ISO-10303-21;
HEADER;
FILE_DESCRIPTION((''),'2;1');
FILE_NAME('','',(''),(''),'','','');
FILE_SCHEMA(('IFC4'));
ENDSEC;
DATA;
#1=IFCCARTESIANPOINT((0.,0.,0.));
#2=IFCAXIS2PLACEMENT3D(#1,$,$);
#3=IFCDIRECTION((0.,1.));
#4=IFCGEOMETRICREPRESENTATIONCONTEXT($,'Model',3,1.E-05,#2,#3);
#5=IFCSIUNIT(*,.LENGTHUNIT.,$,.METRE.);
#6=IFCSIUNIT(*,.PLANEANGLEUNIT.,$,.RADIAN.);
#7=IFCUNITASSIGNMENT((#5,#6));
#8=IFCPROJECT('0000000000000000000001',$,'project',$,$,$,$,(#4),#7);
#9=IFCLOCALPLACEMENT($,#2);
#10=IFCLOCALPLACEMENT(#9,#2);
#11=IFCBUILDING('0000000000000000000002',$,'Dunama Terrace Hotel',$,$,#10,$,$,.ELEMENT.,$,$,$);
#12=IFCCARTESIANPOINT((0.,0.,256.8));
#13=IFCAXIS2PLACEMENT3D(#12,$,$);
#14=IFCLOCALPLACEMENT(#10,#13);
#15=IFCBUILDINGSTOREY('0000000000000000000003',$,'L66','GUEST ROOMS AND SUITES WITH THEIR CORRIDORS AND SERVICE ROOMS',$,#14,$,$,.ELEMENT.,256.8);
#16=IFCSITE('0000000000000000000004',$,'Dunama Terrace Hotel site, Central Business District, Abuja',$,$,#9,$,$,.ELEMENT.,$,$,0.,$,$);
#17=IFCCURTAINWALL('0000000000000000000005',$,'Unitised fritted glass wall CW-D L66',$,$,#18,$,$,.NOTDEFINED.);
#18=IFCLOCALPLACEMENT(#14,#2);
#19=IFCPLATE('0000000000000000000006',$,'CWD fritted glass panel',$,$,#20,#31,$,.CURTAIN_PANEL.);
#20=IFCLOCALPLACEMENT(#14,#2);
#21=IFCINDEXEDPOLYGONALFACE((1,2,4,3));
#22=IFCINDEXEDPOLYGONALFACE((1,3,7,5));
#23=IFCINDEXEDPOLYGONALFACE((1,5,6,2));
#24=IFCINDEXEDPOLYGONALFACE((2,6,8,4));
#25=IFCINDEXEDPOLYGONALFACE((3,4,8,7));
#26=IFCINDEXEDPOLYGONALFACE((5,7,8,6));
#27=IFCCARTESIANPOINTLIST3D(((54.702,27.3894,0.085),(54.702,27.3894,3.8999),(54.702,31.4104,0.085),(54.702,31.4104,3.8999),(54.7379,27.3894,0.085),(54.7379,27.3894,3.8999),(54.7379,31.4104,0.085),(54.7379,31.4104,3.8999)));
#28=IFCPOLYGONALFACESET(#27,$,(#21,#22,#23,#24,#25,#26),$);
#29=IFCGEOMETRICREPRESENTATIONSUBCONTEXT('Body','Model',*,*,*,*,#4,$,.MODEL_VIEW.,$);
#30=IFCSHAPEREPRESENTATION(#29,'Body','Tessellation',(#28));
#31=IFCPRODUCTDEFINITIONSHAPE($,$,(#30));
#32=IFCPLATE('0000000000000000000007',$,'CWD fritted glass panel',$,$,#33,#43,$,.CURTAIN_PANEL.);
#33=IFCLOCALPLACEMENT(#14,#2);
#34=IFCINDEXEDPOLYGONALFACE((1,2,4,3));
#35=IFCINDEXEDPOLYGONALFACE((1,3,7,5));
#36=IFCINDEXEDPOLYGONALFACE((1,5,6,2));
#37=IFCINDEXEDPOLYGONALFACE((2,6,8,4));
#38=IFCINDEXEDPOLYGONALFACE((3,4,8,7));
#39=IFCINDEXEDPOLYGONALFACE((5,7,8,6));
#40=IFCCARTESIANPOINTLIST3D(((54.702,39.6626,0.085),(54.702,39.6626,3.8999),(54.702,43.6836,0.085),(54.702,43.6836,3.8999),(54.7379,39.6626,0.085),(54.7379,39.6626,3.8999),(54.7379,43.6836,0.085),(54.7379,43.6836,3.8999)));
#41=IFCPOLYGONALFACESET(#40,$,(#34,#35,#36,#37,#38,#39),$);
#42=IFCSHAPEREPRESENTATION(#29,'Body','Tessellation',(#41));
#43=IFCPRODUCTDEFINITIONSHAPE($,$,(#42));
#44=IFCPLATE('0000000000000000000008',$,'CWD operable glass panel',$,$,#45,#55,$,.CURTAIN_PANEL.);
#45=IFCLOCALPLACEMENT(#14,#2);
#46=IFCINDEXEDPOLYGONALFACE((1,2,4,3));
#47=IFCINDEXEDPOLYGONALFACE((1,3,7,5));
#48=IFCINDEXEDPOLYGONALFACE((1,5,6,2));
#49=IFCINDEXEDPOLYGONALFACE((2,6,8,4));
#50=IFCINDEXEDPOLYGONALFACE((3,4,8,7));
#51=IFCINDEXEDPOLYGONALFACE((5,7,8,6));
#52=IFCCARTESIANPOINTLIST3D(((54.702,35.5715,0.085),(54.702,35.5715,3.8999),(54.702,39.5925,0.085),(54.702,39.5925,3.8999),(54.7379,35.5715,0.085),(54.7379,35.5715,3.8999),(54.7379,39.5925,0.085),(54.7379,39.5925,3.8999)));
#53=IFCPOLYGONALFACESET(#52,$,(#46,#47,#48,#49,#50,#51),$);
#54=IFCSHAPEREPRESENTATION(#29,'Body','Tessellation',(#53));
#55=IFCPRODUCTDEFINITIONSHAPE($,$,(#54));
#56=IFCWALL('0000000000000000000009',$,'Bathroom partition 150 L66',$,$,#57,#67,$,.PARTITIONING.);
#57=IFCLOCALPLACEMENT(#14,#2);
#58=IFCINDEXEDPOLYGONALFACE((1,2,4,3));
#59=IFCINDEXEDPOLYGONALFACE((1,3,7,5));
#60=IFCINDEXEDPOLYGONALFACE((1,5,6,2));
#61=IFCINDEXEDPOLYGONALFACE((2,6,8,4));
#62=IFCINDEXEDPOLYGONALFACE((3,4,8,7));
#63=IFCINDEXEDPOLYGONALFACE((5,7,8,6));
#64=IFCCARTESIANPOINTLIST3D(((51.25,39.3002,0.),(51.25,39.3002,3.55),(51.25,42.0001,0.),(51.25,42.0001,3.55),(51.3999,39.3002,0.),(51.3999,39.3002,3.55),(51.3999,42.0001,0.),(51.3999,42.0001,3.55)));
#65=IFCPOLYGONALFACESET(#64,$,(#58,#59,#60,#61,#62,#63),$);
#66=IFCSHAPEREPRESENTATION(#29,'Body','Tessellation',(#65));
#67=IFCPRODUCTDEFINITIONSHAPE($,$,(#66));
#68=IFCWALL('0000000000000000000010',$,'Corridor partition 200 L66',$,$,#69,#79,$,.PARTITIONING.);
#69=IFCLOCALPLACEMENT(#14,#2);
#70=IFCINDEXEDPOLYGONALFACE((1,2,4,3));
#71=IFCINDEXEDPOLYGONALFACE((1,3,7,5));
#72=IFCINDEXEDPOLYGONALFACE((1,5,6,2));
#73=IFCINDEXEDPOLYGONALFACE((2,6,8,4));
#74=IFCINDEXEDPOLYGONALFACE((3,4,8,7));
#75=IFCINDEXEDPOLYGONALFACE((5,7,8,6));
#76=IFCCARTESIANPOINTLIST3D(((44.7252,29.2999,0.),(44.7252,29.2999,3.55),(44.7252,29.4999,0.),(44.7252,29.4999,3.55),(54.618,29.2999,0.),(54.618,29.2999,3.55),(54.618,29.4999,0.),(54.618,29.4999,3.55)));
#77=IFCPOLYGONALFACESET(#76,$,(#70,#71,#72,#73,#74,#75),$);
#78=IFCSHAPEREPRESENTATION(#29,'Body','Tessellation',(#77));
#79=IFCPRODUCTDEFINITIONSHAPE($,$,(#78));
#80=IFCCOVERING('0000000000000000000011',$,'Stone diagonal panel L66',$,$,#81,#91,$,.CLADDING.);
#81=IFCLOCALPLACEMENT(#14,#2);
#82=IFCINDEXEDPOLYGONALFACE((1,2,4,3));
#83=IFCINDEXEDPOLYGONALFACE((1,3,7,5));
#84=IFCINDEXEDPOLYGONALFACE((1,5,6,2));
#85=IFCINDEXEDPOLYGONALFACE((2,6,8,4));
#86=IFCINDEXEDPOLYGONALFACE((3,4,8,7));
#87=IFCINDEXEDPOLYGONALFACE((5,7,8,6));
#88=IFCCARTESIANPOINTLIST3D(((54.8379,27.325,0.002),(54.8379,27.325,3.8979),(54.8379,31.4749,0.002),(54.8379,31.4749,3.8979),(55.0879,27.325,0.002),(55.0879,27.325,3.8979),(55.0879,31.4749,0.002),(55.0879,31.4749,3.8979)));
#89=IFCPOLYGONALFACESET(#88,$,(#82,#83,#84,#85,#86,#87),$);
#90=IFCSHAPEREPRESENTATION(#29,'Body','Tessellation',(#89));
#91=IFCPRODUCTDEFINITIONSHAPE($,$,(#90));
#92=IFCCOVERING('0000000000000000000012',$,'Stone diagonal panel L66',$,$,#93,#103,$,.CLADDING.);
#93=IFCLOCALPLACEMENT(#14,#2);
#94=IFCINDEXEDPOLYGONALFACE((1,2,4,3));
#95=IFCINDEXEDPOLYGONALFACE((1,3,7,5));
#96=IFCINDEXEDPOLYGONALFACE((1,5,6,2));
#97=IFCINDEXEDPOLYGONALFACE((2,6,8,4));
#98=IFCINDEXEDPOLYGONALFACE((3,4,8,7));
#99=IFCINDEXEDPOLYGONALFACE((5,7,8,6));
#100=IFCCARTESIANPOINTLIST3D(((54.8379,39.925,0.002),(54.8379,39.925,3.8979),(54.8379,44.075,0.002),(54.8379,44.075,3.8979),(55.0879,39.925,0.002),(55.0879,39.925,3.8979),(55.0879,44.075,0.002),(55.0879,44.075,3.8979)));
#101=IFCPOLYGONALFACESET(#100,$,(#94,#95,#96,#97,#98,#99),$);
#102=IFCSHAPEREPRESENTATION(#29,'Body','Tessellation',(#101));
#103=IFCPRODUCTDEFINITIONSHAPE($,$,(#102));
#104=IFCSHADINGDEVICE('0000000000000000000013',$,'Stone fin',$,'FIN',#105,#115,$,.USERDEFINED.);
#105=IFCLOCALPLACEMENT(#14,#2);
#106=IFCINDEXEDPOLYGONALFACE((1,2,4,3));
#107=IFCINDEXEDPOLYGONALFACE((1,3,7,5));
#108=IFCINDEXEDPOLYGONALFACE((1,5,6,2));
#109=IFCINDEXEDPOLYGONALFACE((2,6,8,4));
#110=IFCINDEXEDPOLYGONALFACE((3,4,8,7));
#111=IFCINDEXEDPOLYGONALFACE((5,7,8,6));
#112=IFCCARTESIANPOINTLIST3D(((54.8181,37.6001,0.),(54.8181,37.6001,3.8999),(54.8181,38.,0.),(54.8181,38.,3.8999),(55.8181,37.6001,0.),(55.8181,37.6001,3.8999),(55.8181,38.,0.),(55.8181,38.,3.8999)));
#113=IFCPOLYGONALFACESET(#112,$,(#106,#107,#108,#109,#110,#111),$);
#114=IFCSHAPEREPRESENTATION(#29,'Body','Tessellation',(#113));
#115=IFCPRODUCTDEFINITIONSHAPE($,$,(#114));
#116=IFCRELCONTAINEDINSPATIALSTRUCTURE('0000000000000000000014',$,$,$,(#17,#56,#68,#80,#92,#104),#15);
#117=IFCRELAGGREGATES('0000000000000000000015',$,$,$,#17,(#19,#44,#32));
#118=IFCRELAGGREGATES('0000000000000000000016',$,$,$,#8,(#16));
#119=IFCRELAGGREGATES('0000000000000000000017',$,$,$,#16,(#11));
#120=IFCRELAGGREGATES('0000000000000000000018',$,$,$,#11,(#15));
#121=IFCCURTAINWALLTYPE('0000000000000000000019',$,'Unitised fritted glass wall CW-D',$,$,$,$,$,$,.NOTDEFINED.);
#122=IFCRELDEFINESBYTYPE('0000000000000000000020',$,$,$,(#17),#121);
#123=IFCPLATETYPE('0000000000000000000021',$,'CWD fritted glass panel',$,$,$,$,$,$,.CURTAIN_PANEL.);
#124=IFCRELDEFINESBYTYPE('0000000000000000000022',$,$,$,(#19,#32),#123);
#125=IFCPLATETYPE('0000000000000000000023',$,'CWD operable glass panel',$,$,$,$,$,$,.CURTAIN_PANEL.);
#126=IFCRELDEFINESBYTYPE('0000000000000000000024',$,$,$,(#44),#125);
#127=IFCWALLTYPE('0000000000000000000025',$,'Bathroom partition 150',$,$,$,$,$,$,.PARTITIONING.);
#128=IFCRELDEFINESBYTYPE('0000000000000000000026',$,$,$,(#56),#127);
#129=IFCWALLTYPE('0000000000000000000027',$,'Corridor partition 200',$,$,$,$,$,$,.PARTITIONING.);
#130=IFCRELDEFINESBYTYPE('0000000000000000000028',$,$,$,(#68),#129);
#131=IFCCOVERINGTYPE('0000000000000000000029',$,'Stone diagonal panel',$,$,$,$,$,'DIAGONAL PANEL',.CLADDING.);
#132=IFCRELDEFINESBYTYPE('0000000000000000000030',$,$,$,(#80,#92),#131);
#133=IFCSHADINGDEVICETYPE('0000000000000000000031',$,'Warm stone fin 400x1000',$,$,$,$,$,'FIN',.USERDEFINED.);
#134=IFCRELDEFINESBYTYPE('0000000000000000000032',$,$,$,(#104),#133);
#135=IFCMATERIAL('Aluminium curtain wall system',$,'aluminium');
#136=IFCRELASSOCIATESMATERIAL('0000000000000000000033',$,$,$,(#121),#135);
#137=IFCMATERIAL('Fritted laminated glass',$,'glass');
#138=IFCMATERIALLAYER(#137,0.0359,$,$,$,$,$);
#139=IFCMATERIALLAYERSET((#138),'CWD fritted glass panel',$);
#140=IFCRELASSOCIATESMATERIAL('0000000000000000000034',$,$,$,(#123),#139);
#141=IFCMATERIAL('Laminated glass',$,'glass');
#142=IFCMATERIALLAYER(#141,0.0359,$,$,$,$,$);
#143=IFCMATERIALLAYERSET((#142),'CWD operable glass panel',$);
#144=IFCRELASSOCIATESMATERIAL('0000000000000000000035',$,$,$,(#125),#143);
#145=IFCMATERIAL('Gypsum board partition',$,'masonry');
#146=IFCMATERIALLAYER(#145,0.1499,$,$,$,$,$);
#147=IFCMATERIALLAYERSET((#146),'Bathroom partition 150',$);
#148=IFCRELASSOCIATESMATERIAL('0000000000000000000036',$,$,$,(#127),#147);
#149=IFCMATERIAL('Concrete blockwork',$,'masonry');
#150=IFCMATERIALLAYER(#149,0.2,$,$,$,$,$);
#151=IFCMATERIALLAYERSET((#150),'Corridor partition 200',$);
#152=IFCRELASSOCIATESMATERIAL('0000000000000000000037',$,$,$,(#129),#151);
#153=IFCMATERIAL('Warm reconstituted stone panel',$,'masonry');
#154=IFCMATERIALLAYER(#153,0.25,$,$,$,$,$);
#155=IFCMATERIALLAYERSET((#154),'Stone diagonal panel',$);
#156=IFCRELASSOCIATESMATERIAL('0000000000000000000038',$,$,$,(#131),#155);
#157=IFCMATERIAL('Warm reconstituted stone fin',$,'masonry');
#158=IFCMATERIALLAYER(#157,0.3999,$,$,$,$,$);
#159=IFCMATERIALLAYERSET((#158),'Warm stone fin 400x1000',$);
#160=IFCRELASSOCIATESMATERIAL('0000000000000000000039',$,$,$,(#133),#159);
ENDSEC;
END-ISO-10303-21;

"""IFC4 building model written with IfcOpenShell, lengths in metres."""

from ifc_helpers import new_model, si_unit, direction, frame, frame_2d, origin, origin_2d, place, context, subcontext, project, spatial, rectangle, extrude, material, layer, layer_set, type_object, element, aggregate, save


model = new_model("IFC4")

# Units and contexts
model_context = context("Model", 3, precision=1e-05, world=origin(), true_north=direction((0.0, 1.0)))
body_context = subcontext(model_context, "Body", "Model", "MODEL_VIEW")
ifc_project = project(units=[si_unit("LENGTHUNIT", "METRE"), si_unit("PLANEANGLEUNIT", "RADIAN")], contexts=[model_context])

# Site, building, storey
site_placement = place(None, origin())
site = spatial("IfcSite", under=ifc_project, at=site_placement, Name="Dunama Terrace Hotel site, Central Business District, Abuja", CompositionType="ELEMENT", RefElevation=0.0)
building_placement = place(site_placement, origin())
building = spatial("IfcBuilding", under=site, at=building_placement, Name="Dunama Terrace Hotel", CompositionType="ELEMENT")
storey_placement = place(building_placement, frame((0.0, 0.0, 256.8)))
storey = spatial("IfcBuildingStorey", under=building, at=storey_placement, Name="L66", Description="GUEST ROOMS AND SUITES WITH THEIR CORRIDORS AND SERVICE ROOMS", CompositionType="ELEMENT", Elevation=256.8)

# Curtain wall
ifc_material_1 = material(Name="Aluminium curtain wall system", Category="aluminium")
curtain_wall_type = type_object("IfcCurtainWallType", Name="Unitised fritted glass wall CW-D", PredefinedType="NOTDEFINED", material=ifc_material_1)
curtain_wall_placement = place(storey_placement, origin())
curtain_wall = element("IfcCurtainWall", 1, at=curtain_wall_placement, inside=storey, type_object=curtain_wall_type, Name="Unitised fritted glass wall CW-D L66", PredefinedType="NOTDEFINED")

# Plates
ifc_material_2 = material(Name="Fritted laminated glass", Category="glass")
ifc_layer_1 = layer(ifc_material_2, 0.0359)
ifc_layer_set_1 = layer_set([ifc_layer_1], Name="CWD fritted glass panel")
plate_type_1 = type_object("IfcPlateType", Name="CWD fritted glass panel", PredefinedType="CURTAIN_PANEL", material=ifc_layer_set_1)
plate_1_placement = place(storey_placement, frame((54.72, 29.3999, 0.085), z_axis=(0.0, 0.0, 1.0), x_axis=(0.0, 1.0, 0.0)))
plate_1 = element("IfcPlate", 2, at=plate_1_placement, type_object=plate_type_1, Name="CWD fritted glass panel", PredefinedType="CURTAIN_PANEL", context=body_context, shape_type="SweptSolid", body=[
    extrude(rectangle(XDim=4.021, YDim=0.0359, at=origin_2d()), origin(), (0.0, 0.0, 1.0), 3.8149),
])
plate_2_placement = place(storey_placement, frame((54.72, 41.6731, 0.085), z_axis=(0.0, 0.0, 1.0), x_axis=(0.0, 1.0, 0.0)))
plate_2 = element("IfcPlate", 3, at=plate_2_placement, type_object=plate_type_1, Name="CWD fritted glass panel", PredefinedType="CURTAIN_PANEL", context=body_context, shape_type="SweptSolid", body=[
    extrude(rectangle(XDim=4.021, YDim=0.0359, at=origin_2d()), origin(), (0.0, 0.0, 1.0), 3.8149),
])
ifc_material_3 = material(Name="Laminated glass", Category="glass")
ifc_layer_2 = layer(ifc_material_3, 0.0359)
ifc_layer_set_2 = layer_set([ifc_layer_2], Name="CWD operable glass panel")
plate_type_2 = type_object("IfcPlateType", Name="CWD operable glass panel", PredefinedType="CURTAIN_PANEL", material=ifc_layer_set_2)
plate_3_placement = place(storey_placement, frame((54.72, 37.582, 0.085), z_axis=(0.0, 0.0, 1.0), x_axis=(0.0, 1.0, 0.0)))
plate_3 = element("IfcPlate", 4, at=plate_3_placement, type_object=plate_type_2, Name="CWD operable glass panel", PredefinedType="CURTAIN_PANEL", context=body_context, shape_type="SweptSolid", body=[
    extrude(rectangle(XDim=4.021, YDim=0.0359, at=origin_2d()), origin(), (0.0, 0.0, 1.0), 3.8149),
])
aggregate(curtain_wall, [plate_1, plate_3, plate_2])

# Walls
ifc_material_4 = material(Name="Gypsum board partition", Category="masonry")
ifc_layer_3 = layer(ifc_material_4, 0.1499)
ifc_layer_set_3 = layer_set([ifc_layer_3], Name="Bathroom partition 150")
wall_type_1 = type_object("IfcWallType", Name="Bathroom partition 150", PredefinedType="PARTITIONING", material=ifc_layer_set_3)
wall_1_placement = place(storey_placement, frame((51.325, 39.3, 0.0), z_axis=(0.0, 0.0, 1.0), x_axis=(0.0, 1.0, 0.0)))
element("IfcWall", 5, at=wall_1_placement, inside=storey, type_object=wall_type_1, Name="Bathroom partition 150 L66", PredefinedType="PARTITIONING", context=body_context, shape_type="SweptSolid", body=[
    extrude(rectangle(XDim=2.7, YDim=0.1499, at=frame_2d((1.3501, 0.0))), origin(), (0.0, 0.0, 1.0), 3.55),
])
ifc_material_5 = material(Name="Concrete blockwork", Category="masonry")
ifc_layer_4 = layer(ifc_material_5, 0.2)
ifc_layer_set_4 = layer_set([ifc_layer_4], Name="Corridor partition 200")
wall_type_2 = type_object("IfcWallType", Name="Corridor partition 200", PredefinedType="PARTITIONING", material=ifc_layer_set_4)
wall_2_placement = place(storey_placement, frame((54.6179, 29.3999, 0.0), z_axis=(0.0, 0.0, 1.0), x_axis=(-1.0, 0.0, 0.0)))
element("IfcWall", 6, at=wall_2_placement, inside=storey, type_object=wall_type_2, Name="Corridor partition 200 L66", PredefinedType="PARTITIONING", context=body_context, shape_type="SweptSolid", body=[
    extrude(rectangle(XDim=9.8928, YDim=0.2, at=frame_2d((4.9463, 0.0))), origin(), (0.0, 0.0, 1.0), 3.55),
])

# Coverings
ifc_material_6 = material(Name="Warm reconstituted stone panel", Category="masonry")
ifc_layer_5 = layer(ifc_material_6, 0.25)
ifc_layer_set_5 = layer_set([ifc_layer_5], Name="Stone diagonal panel")
covering_type = type_object("IfcCoveringType", Name="Stone diagonal panel", ElementType="DIAGONAL PANEL", PredefinedType="CLADDING", material=ifc_layer_set_5)
for number, where, z_axis, x_axis, name in (
    (7, (54.9629, 29.3999, 0.002), (0.0, 0.0, 1.0), (0.0, 1.0, 0.0), "Stone diagonal panel L66"),
    (8, (54.9629, 42.0, 0.002), (0.0, 0.0, 1.0), (0.0, 1.0, 0.0), "Stone diagonal panel L66"),
):
    element("IfcCovering", number, at=place(storey_placement, frame(where, z_axis=z_axis, x_axis=x_axis)), inside=storey, type_object=covering_type, Name=name, PredefinedType="CLADDING", context=body_context, shape_type="SweptSolid", body=[
        extrude(rectangle(XDim=4.1499, YDim=0.25, at=origin_2d()), origin(), (0.0, 0.0, 1.0), 3.896),
    ])

# Shading device
ifc_material_7 = material(Name="Warm reconstituted stone fin", Category="masonry")
ifc_layer_6 = layer(ifc_material_7, 0.3999)
ifc_layer_set_6 = layer_set([ifc_layer_6], Name="Warm stone fin 400x1000")
shading_device_type = type_object("IfcShadingDeviceType", Name="Warm stone fin 400x1000", ElementType="FIN", PredefinedType="USERDEFINED", material=ifc_layer_set_6)
shading_device_placement = place(storey_placement, frame((55.3181, 37.8, 0.0), z_axis=(0.0, 0.0, 1.0), x_axis=(0.0, 1.0, 0.0)))
element("IfcShadingDevice", 9, at=shading_device_placement, inside=storey, type_object=shading_device_type, Name="Stone fin", ObjectType="FIN", PredefinedType="USERDEFINED", context=body_context, shape_type="SweptSolid", body=[
    extrude(rectangle(XDim=0.3999, YDim=1.0, at=origin_2d()), origin(), (0.0, 0.0, 1.0), 3.8999),
])

save(model, "model.ifc")
